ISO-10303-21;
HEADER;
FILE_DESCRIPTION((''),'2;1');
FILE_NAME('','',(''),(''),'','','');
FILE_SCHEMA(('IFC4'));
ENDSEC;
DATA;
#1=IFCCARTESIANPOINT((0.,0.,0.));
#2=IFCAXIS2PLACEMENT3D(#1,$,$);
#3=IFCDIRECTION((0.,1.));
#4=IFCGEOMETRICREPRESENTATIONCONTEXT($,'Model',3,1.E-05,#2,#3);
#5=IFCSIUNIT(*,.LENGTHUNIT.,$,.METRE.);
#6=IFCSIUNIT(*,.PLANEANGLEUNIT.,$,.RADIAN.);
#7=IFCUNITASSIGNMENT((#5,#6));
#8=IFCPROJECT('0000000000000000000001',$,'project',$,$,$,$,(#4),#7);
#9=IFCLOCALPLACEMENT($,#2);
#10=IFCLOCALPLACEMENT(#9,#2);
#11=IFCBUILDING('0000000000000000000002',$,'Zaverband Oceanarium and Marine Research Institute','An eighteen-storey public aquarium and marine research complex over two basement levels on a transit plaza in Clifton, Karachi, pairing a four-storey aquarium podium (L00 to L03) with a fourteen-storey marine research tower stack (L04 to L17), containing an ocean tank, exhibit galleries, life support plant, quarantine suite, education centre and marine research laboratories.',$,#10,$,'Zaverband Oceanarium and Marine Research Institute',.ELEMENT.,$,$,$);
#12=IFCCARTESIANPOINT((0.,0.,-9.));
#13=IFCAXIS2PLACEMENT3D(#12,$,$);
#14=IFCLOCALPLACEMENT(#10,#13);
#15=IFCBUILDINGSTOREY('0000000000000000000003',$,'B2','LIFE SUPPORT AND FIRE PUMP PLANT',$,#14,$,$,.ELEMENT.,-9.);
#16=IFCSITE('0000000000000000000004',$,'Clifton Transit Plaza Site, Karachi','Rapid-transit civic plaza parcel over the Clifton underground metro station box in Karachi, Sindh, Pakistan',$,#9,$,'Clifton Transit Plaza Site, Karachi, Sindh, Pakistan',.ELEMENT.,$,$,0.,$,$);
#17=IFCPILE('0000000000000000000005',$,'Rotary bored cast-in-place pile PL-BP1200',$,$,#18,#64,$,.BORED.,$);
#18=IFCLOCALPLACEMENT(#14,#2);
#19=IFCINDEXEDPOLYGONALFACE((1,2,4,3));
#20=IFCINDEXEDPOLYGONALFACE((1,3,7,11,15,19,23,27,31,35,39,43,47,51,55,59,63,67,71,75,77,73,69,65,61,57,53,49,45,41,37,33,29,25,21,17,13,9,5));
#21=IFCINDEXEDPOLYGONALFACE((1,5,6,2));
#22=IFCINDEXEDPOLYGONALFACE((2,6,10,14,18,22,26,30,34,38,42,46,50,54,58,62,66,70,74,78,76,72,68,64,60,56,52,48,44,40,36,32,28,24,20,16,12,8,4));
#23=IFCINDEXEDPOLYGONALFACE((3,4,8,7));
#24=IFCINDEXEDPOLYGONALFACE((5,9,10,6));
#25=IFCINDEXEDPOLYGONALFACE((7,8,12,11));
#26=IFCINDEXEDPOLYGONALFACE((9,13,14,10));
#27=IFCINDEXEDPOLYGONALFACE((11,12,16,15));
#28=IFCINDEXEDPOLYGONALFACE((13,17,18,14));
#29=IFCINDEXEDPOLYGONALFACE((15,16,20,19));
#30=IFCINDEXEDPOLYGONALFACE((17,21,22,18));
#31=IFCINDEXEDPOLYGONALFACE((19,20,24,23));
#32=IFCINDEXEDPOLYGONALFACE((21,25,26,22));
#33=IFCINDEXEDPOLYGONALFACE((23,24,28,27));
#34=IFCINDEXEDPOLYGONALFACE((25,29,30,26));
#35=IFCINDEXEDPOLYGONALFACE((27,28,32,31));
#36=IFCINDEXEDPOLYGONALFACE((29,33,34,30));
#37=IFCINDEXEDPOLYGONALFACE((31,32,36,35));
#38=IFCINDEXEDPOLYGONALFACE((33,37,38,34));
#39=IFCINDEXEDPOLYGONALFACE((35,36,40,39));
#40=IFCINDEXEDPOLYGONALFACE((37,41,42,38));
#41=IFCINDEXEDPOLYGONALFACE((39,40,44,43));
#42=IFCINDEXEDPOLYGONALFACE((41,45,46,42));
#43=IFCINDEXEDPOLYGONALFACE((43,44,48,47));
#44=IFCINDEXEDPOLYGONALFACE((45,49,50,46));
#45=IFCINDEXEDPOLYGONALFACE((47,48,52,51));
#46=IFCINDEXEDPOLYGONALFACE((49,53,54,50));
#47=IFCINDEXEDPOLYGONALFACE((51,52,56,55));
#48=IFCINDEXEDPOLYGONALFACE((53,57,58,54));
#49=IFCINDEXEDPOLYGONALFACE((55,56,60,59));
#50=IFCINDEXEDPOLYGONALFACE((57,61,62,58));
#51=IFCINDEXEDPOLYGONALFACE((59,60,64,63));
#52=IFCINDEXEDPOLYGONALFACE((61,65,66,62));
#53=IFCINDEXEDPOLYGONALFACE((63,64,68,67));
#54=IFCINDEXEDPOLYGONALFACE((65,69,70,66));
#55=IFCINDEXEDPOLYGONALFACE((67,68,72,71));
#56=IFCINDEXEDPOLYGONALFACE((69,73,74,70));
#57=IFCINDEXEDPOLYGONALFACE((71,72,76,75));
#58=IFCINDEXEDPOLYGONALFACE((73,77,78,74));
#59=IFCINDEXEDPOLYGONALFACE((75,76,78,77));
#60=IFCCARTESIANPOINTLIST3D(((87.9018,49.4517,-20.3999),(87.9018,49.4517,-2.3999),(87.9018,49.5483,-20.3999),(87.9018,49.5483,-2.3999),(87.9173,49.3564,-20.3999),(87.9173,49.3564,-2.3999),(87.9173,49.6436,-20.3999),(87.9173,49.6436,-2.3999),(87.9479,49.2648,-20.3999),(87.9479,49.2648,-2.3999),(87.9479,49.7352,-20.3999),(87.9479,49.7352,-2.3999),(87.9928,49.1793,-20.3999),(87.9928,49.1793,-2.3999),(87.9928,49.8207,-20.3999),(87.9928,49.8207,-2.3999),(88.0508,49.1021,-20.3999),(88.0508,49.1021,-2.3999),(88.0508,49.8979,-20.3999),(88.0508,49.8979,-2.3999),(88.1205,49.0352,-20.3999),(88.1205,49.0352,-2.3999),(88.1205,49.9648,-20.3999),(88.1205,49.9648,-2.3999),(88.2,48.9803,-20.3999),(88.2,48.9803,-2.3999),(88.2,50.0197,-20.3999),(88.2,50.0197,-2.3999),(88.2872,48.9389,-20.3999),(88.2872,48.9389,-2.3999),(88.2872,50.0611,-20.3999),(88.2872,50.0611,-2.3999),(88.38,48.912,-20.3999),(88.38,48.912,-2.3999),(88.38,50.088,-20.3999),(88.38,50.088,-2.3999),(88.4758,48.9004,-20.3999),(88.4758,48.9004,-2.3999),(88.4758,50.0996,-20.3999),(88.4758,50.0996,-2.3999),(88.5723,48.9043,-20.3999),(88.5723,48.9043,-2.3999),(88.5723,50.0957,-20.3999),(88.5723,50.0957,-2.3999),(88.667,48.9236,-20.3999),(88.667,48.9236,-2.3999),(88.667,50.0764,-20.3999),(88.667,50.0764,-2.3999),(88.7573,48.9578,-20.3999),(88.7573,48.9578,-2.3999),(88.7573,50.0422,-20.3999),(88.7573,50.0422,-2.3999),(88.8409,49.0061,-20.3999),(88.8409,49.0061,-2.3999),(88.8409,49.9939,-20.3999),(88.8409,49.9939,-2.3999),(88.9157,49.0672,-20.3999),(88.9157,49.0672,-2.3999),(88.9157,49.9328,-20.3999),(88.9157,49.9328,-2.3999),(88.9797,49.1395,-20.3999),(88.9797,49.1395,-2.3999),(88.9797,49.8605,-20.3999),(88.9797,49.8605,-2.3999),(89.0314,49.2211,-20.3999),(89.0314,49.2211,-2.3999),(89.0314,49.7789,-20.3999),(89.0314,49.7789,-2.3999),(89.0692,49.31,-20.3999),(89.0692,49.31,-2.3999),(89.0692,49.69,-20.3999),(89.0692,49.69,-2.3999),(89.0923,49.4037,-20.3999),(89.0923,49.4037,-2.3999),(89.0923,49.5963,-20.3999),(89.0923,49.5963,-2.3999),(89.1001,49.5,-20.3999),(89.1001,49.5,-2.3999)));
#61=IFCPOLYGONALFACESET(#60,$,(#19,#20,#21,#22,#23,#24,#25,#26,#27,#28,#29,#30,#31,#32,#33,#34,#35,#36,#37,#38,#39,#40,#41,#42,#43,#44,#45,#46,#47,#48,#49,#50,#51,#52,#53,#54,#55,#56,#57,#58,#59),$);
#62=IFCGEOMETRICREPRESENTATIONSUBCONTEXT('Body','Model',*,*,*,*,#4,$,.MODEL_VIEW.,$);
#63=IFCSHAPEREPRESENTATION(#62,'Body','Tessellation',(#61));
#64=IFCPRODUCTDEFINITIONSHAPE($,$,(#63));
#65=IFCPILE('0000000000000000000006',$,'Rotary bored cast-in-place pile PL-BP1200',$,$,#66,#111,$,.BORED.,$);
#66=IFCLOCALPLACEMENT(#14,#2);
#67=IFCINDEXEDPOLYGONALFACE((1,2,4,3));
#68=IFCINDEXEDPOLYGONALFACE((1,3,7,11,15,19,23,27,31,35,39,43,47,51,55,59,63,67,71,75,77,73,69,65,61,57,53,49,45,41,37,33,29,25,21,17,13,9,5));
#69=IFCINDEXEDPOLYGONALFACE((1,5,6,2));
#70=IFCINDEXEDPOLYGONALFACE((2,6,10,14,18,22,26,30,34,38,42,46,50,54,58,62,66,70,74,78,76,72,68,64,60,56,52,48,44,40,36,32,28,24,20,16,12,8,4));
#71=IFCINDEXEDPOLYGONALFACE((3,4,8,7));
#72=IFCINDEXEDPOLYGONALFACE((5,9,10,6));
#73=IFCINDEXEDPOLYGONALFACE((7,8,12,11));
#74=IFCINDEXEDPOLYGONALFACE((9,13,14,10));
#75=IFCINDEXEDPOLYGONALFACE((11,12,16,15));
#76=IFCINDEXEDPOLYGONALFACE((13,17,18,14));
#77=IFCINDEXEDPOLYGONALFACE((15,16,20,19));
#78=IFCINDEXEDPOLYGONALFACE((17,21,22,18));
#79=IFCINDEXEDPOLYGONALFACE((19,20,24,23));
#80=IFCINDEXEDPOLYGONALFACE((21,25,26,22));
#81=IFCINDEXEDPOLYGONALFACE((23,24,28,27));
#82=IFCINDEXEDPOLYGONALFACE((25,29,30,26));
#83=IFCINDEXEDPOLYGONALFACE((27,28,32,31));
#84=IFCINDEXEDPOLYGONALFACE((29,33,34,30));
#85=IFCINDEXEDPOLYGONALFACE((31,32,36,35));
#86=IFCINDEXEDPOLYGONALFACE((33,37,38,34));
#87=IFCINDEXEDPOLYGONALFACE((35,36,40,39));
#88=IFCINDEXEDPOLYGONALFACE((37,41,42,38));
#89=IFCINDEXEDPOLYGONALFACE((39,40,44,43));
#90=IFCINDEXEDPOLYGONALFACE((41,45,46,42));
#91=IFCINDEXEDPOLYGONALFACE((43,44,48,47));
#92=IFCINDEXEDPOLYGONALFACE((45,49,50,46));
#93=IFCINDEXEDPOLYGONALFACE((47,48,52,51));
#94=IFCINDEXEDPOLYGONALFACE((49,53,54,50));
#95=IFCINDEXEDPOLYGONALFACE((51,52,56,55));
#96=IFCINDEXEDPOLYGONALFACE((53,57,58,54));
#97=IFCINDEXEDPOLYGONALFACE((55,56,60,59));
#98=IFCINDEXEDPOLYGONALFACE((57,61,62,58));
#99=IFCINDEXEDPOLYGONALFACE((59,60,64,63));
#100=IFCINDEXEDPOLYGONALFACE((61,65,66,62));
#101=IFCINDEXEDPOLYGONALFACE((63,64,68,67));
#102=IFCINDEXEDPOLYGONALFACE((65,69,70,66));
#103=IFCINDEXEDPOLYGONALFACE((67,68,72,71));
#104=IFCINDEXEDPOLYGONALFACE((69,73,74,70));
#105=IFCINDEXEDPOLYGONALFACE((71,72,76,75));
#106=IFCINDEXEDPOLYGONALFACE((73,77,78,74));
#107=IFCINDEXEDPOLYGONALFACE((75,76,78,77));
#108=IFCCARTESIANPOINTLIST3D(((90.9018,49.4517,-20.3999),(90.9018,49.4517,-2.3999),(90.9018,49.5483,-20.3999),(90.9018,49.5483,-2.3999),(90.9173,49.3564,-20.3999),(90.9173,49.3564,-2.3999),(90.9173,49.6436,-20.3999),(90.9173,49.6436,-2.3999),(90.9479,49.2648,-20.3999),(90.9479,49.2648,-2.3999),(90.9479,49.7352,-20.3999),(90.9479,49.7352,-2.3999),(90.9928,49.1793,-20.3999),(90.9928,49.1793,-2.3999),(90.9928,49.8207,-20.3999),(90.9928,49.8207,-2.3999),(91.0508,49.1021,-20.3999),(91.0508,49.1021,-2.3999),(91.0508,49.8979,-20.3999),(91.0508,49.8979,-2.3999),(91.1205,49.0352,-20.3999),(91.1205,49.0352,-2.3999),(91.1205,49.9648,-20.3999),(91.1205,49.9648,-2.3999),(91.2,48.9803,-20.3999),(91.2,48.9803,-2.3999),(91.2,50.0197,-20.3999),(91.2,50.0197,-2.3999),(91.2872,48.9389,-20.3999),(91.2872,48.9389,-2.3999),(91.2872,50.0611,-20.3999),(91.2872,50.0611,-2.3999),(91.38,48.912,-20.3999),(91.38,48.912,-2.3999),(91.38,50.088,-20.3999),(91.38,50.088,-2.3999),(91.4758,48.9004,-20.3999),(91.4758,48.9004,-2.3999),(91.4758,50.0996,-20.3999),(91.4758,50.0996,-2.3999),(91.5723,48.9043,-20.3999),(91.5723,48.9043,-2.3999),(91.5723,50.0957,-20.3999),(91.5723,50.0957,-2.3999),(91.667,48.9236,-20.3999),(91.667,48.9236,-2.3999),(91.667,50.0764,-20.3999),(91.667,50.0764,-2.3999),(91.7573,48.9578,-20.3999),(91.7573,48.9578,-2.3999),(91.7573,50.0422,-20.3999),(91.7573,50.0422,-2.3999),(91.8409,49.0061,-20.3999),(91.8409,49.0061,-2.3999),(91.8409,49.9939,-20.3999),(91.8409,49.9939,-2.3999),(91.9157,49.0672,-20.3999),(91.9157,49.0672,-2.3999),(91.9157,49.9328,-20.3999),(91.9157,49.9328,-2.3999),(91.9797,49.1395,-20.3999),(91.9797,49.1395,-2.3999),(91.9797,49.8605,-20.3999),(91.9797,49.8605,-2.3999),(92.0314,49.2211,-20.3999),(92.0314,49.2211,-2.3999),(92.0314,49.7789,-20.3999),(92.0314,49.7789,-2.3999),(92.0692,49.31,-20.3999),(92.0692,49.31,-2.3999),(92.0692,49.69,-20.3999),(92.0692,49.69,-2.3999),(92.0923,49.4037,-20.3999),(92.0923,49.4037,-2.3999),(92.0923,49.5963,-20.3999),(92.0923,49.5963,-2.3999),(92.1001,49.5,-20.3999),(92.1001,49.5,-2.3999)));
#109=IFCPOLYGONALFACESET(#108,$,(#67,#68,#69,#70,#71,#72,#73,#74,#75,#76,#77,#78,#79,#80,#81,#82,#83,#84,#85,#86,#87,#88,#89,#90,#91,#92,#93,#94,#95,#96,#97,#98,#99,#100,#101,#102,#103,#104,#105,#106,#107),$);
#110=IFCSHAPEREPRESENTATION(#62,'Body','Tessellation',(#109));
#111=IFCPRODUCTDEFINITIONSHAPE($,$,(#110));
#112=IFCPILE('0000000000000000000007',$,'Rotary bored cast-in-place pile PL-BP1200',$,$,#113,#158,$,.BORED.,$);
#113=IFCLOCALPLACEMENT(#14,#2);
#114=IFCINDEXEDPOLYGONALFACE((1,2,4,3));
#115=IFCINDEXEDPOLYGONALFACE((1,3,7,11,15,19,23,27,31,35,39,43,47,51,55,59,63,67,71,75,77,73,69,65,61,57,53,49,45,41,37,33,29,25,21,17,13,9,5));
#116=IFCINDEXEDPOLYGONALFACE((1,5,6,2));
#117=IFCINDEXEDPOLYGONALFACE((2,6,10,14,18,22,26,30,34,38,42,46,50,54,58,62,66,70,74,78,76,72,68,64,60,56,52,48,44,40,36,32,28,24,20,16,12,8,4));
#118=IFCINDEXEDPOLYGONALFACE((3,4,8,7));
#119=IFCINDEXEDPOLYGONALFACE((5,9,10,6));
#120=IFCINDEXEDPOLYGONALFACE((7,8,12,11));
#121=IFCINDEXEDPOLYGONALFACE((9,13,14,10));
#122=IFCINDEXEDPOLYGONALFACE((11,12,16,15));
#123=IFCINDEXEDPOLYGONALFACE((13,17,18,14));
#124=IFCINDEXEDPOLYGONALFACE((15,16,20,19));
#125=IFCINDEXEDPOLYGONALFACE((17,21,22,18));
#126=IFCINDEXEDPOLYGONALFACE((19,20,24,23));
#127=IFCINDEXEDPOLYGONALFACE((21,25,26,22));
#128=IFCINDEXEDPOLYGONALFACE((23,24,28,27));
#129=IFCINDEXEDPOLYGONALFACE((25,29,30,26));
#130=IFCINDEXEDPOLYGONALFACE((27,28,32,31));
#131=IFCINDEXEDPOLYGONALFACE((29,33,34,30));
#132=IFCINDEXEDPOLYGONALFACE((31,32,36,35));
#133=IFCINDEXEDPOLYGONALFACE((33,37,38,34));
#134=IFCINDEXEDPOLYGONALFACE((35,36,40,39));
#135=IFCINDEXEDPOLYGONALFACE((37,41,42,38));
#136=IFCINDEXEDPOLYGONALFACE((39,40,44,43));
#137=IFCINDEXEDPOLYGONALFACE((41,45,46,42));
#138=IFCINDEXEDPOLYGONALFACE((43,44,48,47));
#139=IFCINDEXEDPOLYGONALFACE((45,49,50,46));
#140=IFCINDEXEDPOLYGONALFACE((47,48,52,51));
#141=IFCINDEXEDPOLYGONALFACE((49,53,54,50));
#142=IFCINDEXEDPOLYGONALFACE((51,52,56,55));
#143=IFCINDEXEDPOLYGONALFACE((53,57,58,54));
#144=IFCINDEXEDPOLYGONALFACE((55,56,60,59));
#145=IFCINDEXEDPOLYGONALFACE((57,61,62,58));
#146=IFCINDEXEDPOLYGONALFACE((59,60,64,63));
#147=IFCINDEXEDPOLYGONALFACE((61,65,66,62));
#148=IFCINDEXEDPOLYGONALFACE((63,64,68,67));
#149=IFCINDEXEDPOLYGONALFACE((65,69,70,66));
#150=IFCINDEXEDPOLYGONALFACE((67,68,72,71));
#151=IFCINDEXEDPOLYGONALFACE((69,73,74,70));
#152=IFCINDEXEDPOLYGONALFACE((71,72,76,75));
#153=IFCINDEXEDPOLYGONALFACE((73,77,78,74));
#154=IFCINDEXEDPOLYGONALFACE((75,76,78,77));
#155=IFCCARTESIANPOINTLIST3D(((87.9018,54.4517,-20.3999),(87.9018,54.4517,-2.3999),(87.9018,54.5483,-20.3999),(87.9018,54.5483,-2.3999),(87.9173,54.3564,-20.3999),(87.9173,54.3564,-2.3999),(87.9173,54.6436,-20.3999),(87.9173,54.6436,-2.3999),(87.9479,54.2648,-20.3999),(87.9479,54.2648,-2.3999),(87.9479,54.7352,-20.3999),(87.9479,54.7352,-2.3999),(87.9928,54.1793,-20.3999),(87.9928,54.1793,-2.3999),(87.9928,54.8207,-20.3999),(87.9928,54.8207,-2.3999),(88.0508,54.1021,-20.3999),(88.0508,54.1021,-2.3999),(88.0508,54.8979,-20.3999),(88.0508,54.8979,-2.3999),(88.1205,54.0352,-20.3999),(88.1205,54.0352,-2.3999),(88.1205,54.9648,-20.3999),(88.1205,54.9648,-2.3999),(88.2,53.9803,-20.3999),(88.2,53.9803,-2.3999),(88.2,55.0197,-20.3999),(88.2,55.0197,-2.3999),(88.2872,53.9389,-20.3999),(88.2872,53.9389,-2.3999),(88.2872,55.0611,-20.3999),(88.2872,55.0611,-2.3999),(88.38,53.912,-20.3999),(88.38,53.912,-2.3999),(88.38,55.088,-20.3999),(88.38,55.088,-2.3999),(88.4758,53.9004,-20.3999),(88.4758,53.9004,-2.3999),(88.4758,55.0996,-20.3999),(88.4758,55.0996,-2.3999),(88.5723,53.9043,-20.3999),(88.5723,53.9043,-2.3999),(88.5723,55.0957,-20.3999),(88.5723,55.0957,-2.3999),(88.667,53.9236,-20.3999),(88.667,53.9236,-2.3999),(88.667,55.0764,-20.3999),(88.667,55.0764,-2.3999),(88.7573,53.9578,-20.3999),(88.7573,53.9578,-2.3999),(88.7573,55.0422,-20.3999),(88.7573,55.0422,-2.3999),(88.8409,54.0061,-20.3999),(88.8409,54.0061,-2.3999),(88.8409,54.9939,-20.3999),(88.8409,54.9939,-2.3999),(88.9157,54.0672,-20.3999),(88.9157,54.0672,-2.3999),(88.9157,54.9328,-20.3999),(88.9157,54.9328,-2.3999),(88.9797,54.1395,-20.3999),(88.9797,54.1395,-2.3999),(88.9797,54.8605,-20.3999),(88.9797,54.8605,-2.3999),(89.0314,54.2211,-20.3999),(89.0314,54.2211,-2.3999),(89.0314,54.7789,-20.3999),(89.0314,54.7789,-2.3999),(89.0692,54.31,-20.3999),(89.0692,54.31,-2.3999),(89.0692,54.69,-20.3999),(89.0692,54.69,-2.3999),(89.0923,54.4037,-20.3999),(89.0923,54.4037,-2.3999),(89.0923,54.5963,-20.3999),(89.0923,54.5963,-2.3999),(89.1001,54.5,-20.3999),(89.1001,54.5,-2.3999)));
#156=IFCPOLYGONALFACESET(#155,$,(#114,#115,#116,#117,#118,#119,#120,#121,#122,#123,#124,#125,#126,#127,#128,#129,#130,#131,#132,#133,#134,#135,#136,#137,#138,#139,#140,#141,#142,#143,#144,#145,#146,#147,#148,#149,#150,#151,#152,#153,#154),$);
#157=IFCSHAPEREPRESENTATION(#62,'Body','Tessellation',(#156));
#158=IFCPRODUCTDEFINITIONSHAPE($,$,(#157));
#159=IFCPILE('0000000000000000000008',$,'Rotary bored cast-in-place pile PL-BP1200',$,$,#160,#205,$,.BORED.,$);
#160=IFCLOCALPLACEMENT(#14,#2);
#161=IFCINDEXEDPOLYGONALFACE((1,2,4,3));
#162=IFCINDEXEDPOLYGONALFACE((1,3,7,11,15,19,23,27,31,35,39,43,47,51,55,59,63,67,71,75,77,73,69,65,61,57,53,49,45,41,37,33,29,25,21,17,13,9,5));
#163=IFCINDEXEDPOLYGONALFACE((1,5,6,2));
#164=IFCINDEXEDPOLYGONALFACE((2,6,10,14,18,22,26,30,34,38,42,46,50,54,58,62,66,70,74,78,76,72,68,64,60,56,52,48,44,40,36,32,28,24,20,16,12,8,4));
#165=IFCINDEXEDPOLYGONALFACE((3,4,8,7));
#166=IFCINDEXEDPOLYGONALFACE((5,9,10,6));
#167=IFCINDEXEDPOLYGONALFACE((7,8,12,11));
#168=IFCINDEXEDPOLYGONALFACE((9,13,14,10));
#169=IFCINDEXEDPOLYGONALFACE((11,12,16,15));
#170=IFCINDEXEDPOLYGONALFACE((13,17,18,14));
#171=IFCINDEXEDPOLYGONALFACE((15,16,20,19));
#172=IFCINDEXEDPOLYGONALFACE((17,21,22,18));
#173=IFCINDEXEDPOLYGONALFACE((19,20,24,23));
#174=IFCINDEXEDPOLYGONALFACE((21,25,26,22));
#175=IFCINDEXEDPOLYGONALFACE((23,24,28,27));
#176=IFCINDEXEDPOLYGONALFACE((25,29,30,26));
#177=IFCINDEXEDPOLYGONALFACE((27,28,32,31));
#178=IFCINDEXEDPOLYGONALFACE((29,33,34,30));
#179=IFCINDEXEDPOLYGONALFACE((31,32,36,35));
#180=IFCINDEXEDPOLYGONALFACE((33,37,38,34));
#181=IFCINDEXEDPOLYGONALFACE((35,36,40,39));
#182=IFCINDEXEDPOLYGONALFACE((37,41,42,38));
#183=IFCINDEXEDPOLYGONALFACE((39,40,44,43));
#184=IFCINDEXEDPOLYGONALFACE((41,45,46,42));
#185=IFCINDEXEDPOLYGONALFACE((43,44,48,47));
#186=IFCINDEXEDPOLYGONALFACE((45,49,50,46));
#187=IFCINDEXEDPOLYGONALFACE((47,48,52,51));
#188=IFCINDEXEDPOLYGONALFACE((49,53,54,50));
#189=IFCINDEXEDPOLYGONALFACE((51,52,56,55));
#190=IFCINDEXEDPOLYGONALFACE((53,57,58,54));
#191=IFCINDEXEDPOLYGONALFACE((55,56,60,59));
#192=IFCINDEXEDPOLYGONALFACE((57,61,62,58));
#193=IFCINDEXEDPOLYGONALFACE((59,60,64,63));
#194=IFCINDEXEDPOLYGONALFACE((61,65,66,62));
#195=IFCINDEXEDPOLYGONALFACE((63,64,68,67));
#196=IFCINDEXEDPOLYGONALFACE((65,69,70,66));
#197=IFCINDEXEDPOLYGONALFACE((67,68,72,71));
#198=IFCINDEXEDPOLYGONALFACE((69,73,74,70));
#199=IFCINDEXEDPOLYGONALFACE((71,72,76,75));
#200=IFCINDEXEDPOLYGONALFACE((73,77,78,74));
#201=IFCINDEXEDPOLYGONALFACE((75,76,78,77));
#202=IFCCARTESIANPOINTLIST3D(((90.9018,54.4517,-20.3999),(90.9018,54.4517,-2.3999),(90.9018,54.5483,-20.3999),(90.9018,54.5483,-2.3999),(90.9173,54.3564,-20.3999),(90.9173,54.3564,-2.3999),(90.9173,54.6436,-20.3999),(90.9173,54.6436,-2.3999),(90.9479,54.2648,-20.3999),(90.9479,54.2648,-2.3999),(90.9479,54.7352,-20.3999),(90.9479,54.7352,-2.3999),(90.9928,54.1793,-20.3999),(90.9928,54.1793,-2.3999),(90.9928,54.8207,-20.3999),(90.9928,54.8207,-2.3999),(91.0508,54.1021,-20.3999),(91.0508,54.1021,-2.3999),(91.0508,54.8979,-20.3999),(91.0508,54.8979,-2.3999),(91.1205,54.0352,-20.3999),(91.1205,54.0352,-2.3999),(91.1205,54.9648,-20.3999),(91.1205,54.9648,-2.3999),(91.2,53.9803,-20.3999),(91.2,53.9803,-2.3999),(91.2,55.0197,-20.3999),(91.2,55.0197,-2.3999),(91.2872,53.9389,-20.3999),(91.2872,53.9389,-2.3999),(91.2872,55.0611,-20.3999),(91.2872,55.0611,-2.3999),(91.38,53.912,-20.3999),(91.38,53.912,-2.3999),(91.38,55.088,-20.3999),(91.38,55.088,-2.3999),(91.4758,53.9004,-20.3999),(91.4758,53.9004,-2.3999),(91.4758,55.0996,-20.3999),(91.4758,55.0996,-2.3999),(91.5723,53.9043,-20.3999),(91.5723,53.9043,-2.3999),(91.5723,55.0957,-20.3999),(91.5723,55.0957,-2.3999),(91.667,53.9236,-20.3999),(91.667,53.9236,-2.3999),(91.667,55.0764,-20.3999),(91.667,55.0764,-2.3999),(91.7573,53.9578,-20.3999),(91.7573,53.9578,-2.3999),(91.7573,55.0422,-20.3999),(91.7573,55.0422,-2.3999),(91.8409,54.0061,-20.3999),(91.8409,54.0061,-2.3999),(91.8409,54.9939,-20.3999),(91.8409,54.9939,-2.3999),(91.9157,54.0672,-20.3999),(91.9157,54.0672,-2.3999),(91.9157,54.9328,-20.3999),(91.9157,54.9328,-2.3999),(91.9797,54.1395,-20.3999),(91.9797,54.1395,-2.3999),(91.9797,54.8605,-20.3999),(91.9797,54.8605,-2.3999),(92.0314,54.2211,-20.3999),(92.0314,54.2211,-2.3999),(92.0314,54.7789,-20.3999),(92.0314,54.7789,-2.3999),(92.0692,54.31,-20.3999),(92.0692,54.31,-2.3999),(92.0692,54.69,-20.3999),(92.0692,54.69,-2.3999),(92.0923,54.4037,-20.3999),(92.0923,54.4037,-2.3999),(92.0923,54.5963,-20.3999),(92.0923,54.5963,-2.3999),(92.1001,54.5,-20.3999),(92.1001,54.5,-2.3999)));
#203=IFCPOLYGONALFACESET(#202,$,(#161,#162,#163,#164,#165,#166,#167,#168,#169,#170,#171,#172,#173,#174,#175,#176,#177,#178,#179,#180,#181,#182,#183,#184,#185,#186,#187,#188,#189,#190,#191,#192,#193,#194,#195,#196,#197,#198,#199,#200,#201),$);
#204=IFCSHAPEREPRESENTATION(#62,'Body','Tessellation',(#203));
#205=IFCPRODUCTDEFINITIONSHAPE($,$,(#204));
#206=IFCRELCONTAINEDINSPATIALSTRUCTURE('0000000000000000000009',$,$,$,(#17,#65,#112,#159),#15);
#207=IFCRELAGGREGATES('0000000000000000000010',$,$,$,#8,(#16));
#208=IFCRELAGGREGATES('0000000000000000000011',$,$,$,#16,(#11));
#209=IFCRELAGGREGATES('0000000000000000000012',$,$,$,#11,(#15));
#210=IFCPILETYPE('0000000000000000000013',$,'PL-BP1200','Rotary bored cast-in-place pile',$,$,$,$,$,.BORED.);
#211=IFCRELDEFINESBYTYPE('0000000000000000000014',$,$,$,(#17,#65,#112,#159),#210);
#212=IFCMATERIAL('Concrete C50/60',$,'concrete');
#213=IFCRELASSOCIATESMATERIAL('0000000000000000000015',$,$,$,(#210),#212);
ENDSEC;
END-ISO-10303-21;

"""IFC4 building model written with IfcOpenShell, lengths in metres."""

from ifc_helpers import new_model, si_unit, direction, frame, origin, origin_2d, place, context, subcontext, project, spatial, circle, extrude, material, material_profile, profile_set, type_object, element, save


model = new_model("IFC4")

# Units and contexts
model_context = context("Model", 3, precision=1e-05, world=origin(), true_north=direction((0.0, 1.0)))
body_context = subcontext(model_context, "Body", "Model", "MODEL_VIEW")
ifc_project = project(units=[si_unit("LENGTHUNIT", "METRE"), si_unit("PLANEANGLEUNIT", "RADIAN")], contexts=[model_context])

# Site, building, storey
site_placement = place(None, origin())
site = spatial("IfcSite", under=ifc_project, at=site_placement, Name="Clifton Transit Plaza Site, Karachi", Description="Rapid-transit civic plaza parcel over the Clifton underground metro station box in Karachi, Sindh, Pakistan", LongName="Clifton Transit Plaza Site, Karachi, Sindh, Pakistan", CompositionType="ELEMENT", RefElevation=0.0)
building_placement = place(site_placement, origin())
building = spatial("IfcBuilding", under=site, at=building_placement, Name="Zaverband Oceanarium and Marine Research Institute", Description="An eighteen-storey public aquarium and marine research complex over two basement levels on a transit plaza in Clifton, Karachi, pairing a four-storey aquarium podium (L00 to L03) with a fourteen-storey marine research tower stack (L04 to L17), containing an ocean tank, exhibit galleries, life support plant, quarantine suite, education centre and marine research laboratories.", LongName="Zaverband Oceanarium and Marine Research Institute", CompositionType="ELEMENT")
storey_placement = place(building_placement, frame((0.0, 0.0, -9.0)))
storey = spatial("IfcBuildingStorey", under=building, at=storey_placement, Name="B2", Description="LIFE SUPPORT AND FIRE PUMP PLANT", CompositionType="ELEMENT", Elevation=-9.0)

# Shared definitions
ifc_material_1 = material(Name="Concrete C50/60", Category="concrete")

# Piles
ifc_material_profile_1 = material_profile(ifc_material_1, circle(Radius=0.6001, at=origin_2d()), Name="BP1200")
ifc_profile_set_1 = profile_set([ifc_material_profile_1], Name="Concrete C50/60")
pile_type = type_object("IfcPileType", Name="PL-BP1200", Description="Rotary bored cast-in-place pile", PredefinedType="BORED", material=ifc_profile_set_1)
for number, where, z_axis, x_axis, name in (
    (1, (88.5, 49.5, -2.3999), (0.0, 0.0, -1.0), (1.0, 0.0, 0.0), "Rotary bored cast-in-place pile PL-BP1200"),
    (2, (91.5, 49.5, -2.3999), (0.0, 0.0, -1.0), (1.0, 0.0, 0.0), "Rotary bored cast-in-place pile PL-BP1200"),
    (3, (88.5, 54.5, -2.3999), (0.0, 0.0, -1.0), (1.0, 0.0, 0.0), "Rotary bored cast-in-place pile PL-BP1200"),
    (4, (91.5, 54.5, -2.3999), (0.0, 0.0, -1.0), (1.0, 0.0, 0.0), "Rotary bored cast-in-place pile PL-BP1200"),
):
    element("IfcPile", number, at=place(storey_placement, frame(where, z_axis=z_axis, x_axis=x_axis)), inside=storey, type_object=pile_type, Name=name, PredefinedType="BORED", context=body_context, shape_type="SweptSolid", body=[
        extrude(circle(Radius=0.6001, at=origin_2d()), origin(), (0.0, 0.0, 1.0), 18.0),
    ])

save(model, "model.ifc")
